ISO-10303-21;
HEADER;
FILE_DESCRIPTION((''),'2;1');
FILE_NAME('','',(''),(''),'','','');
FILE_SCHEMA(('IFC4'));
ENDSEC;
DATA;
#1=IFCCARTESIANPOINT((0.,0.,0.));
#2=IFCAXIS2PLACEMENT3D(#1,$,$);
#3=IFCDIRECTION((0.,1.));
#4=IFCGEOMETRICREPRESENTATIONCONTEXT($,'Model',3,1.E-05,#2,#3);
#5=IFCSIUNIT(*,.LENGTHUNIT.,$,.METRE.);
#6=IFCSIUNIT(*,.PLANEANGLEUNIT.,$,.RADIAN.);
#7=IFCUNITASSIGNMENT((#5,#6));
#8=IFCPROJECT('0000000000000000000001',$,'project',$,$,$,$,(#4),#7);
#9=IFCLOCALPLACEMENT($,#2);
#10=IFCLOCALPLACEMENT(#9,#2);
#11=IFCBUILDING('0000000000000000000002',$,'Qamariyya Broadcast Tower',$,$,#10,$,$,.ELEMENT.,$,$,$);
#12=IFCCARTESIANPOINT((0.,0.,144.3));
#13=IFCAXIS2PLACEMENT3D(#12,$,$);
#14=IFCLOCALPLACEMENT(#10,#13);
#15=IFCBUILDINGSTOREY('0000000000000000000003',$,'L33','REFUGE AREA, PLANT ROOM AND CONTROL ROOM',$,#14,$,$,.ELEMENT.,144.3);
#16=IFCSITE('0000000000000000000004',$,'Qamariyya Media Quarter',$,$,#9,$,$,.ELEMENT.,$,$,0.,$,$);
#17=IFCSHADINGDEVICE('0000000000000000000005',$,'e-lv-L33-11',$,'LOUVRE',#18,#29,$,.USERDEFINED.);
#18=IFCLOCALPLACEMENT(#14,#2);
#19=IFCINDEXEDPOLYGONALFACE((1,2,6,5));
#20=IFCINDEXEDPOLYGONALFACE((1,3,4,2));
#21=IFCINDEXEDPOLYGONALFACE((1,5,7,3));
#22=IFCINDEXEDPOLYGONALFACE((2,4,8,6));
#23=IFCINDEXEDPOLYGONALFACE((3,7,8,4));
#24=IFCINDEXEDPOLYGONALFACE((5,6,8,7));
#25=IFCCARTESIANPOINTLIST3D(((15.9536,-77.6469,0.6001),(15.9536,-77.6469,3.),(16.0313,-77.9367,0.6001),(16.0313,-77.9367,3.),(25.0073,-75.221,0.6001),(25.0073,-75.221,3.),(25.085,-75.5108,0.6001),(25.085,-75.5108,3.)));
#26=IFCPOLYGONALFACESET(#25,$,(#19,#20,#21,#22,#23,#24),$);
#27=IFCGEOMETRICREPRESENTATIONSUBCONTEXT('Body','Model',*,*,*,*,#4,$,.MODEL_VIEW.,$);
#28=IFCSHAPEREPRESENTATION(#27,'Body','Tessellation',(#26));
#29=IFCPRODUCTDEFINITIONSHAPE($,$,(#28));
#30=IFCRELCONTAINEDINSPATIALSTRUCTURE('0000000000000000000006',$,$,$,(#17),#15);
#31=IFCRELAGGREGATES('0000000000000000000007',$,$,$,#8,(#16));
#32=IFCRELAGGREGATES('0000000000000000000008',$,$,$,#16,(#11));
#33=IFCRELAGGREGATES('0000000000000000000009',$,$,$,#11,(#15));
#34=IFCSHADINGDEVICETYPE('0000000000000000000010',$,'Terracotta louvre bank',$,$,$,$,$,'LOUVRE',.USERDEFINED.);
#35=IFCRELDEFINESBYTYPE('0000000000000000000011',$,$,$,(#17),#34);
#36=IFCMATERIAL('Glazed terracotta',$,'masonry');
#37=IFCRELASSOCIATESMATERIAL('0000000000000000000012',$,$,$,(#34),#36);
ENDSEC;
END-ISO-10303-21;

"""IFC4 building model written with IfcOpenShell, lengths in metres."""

from ifc_helpers import new_model, si_unit, direction, frame, origin, origin_2d, place, context, subcontext, project, spatial, rectangle, extrude, material, type_object, element, save


model = new_model("IFC4")

# Units and contexts
model_context = context("Model", 3, precision=1e-05, world=origin(), true_north=direction((0.0, 1.0)))
body_context = subcontext(model_context, "Body", "Model", "MODEL_VIEW")
ifc_project = project(units=[si_unit("LENGTHUNIT", "METRE"), si_unit("PLANEANGLEUNIT", "RADIAN")], contexts=[model_context])

# Site, building, storey
site_placement = place(None, origin())
site = spatial("IfcSite", under=ifc_project, at=site_placement, Name="Qamariyya Media Quarter", CompositionType="ELEMENT", RefElevation=0.0)
building_placement = place(site_placement, origin())
building = spatial("IfcBuilding", under=site, at=building_placement, Name="Qamariyya Broadcast Tower", CompositionType="ELEMENT")
storey_placement = place(building_placement, frame((0.0, 0.0, 144.3)))
storey = spatial("IfcBuildingStorey", under=building, at=storey_placement, Name="L33", Description="REFUGE AREA, PLANT ROOM AND CONTROL ROOM", CompositionType="ELEMENT", Elevation=144.3)

# Shading device
ifc_material_1 = material(Name="Glazed terracotta", Category="masonry")
shading_device_type = type_object("IfcShadingDeviceType", Name="Terracotta louvre bank", ElementType="LOUVRE", PredefinedType="USERDEFINED", material=ifc_material_1)
shading_device_placement = place(storey_placement, frame((20.5193, -76.5789, 0.6001), z_axis=(0.0, 0.0, 1.0), x_axis=(0.965926, 0.258819, 0.0)))
element("IfcShadingDevice", 1, at=shading_device_placement, inside=storey, type_object=shading_device_type, Name="e-lv-L33-11", ObjectType="LOUVRE", PredefinedType="USERDEFINED", context=body_context, shape_type="SweptSolid", body=[
    extrude(rectangle(XDim=9.373, YDim=0.3, at=origin_2d()), origin(), (0.0, 0.0, 1.0), 2.3999),
])

save(model, "model.ifc")
